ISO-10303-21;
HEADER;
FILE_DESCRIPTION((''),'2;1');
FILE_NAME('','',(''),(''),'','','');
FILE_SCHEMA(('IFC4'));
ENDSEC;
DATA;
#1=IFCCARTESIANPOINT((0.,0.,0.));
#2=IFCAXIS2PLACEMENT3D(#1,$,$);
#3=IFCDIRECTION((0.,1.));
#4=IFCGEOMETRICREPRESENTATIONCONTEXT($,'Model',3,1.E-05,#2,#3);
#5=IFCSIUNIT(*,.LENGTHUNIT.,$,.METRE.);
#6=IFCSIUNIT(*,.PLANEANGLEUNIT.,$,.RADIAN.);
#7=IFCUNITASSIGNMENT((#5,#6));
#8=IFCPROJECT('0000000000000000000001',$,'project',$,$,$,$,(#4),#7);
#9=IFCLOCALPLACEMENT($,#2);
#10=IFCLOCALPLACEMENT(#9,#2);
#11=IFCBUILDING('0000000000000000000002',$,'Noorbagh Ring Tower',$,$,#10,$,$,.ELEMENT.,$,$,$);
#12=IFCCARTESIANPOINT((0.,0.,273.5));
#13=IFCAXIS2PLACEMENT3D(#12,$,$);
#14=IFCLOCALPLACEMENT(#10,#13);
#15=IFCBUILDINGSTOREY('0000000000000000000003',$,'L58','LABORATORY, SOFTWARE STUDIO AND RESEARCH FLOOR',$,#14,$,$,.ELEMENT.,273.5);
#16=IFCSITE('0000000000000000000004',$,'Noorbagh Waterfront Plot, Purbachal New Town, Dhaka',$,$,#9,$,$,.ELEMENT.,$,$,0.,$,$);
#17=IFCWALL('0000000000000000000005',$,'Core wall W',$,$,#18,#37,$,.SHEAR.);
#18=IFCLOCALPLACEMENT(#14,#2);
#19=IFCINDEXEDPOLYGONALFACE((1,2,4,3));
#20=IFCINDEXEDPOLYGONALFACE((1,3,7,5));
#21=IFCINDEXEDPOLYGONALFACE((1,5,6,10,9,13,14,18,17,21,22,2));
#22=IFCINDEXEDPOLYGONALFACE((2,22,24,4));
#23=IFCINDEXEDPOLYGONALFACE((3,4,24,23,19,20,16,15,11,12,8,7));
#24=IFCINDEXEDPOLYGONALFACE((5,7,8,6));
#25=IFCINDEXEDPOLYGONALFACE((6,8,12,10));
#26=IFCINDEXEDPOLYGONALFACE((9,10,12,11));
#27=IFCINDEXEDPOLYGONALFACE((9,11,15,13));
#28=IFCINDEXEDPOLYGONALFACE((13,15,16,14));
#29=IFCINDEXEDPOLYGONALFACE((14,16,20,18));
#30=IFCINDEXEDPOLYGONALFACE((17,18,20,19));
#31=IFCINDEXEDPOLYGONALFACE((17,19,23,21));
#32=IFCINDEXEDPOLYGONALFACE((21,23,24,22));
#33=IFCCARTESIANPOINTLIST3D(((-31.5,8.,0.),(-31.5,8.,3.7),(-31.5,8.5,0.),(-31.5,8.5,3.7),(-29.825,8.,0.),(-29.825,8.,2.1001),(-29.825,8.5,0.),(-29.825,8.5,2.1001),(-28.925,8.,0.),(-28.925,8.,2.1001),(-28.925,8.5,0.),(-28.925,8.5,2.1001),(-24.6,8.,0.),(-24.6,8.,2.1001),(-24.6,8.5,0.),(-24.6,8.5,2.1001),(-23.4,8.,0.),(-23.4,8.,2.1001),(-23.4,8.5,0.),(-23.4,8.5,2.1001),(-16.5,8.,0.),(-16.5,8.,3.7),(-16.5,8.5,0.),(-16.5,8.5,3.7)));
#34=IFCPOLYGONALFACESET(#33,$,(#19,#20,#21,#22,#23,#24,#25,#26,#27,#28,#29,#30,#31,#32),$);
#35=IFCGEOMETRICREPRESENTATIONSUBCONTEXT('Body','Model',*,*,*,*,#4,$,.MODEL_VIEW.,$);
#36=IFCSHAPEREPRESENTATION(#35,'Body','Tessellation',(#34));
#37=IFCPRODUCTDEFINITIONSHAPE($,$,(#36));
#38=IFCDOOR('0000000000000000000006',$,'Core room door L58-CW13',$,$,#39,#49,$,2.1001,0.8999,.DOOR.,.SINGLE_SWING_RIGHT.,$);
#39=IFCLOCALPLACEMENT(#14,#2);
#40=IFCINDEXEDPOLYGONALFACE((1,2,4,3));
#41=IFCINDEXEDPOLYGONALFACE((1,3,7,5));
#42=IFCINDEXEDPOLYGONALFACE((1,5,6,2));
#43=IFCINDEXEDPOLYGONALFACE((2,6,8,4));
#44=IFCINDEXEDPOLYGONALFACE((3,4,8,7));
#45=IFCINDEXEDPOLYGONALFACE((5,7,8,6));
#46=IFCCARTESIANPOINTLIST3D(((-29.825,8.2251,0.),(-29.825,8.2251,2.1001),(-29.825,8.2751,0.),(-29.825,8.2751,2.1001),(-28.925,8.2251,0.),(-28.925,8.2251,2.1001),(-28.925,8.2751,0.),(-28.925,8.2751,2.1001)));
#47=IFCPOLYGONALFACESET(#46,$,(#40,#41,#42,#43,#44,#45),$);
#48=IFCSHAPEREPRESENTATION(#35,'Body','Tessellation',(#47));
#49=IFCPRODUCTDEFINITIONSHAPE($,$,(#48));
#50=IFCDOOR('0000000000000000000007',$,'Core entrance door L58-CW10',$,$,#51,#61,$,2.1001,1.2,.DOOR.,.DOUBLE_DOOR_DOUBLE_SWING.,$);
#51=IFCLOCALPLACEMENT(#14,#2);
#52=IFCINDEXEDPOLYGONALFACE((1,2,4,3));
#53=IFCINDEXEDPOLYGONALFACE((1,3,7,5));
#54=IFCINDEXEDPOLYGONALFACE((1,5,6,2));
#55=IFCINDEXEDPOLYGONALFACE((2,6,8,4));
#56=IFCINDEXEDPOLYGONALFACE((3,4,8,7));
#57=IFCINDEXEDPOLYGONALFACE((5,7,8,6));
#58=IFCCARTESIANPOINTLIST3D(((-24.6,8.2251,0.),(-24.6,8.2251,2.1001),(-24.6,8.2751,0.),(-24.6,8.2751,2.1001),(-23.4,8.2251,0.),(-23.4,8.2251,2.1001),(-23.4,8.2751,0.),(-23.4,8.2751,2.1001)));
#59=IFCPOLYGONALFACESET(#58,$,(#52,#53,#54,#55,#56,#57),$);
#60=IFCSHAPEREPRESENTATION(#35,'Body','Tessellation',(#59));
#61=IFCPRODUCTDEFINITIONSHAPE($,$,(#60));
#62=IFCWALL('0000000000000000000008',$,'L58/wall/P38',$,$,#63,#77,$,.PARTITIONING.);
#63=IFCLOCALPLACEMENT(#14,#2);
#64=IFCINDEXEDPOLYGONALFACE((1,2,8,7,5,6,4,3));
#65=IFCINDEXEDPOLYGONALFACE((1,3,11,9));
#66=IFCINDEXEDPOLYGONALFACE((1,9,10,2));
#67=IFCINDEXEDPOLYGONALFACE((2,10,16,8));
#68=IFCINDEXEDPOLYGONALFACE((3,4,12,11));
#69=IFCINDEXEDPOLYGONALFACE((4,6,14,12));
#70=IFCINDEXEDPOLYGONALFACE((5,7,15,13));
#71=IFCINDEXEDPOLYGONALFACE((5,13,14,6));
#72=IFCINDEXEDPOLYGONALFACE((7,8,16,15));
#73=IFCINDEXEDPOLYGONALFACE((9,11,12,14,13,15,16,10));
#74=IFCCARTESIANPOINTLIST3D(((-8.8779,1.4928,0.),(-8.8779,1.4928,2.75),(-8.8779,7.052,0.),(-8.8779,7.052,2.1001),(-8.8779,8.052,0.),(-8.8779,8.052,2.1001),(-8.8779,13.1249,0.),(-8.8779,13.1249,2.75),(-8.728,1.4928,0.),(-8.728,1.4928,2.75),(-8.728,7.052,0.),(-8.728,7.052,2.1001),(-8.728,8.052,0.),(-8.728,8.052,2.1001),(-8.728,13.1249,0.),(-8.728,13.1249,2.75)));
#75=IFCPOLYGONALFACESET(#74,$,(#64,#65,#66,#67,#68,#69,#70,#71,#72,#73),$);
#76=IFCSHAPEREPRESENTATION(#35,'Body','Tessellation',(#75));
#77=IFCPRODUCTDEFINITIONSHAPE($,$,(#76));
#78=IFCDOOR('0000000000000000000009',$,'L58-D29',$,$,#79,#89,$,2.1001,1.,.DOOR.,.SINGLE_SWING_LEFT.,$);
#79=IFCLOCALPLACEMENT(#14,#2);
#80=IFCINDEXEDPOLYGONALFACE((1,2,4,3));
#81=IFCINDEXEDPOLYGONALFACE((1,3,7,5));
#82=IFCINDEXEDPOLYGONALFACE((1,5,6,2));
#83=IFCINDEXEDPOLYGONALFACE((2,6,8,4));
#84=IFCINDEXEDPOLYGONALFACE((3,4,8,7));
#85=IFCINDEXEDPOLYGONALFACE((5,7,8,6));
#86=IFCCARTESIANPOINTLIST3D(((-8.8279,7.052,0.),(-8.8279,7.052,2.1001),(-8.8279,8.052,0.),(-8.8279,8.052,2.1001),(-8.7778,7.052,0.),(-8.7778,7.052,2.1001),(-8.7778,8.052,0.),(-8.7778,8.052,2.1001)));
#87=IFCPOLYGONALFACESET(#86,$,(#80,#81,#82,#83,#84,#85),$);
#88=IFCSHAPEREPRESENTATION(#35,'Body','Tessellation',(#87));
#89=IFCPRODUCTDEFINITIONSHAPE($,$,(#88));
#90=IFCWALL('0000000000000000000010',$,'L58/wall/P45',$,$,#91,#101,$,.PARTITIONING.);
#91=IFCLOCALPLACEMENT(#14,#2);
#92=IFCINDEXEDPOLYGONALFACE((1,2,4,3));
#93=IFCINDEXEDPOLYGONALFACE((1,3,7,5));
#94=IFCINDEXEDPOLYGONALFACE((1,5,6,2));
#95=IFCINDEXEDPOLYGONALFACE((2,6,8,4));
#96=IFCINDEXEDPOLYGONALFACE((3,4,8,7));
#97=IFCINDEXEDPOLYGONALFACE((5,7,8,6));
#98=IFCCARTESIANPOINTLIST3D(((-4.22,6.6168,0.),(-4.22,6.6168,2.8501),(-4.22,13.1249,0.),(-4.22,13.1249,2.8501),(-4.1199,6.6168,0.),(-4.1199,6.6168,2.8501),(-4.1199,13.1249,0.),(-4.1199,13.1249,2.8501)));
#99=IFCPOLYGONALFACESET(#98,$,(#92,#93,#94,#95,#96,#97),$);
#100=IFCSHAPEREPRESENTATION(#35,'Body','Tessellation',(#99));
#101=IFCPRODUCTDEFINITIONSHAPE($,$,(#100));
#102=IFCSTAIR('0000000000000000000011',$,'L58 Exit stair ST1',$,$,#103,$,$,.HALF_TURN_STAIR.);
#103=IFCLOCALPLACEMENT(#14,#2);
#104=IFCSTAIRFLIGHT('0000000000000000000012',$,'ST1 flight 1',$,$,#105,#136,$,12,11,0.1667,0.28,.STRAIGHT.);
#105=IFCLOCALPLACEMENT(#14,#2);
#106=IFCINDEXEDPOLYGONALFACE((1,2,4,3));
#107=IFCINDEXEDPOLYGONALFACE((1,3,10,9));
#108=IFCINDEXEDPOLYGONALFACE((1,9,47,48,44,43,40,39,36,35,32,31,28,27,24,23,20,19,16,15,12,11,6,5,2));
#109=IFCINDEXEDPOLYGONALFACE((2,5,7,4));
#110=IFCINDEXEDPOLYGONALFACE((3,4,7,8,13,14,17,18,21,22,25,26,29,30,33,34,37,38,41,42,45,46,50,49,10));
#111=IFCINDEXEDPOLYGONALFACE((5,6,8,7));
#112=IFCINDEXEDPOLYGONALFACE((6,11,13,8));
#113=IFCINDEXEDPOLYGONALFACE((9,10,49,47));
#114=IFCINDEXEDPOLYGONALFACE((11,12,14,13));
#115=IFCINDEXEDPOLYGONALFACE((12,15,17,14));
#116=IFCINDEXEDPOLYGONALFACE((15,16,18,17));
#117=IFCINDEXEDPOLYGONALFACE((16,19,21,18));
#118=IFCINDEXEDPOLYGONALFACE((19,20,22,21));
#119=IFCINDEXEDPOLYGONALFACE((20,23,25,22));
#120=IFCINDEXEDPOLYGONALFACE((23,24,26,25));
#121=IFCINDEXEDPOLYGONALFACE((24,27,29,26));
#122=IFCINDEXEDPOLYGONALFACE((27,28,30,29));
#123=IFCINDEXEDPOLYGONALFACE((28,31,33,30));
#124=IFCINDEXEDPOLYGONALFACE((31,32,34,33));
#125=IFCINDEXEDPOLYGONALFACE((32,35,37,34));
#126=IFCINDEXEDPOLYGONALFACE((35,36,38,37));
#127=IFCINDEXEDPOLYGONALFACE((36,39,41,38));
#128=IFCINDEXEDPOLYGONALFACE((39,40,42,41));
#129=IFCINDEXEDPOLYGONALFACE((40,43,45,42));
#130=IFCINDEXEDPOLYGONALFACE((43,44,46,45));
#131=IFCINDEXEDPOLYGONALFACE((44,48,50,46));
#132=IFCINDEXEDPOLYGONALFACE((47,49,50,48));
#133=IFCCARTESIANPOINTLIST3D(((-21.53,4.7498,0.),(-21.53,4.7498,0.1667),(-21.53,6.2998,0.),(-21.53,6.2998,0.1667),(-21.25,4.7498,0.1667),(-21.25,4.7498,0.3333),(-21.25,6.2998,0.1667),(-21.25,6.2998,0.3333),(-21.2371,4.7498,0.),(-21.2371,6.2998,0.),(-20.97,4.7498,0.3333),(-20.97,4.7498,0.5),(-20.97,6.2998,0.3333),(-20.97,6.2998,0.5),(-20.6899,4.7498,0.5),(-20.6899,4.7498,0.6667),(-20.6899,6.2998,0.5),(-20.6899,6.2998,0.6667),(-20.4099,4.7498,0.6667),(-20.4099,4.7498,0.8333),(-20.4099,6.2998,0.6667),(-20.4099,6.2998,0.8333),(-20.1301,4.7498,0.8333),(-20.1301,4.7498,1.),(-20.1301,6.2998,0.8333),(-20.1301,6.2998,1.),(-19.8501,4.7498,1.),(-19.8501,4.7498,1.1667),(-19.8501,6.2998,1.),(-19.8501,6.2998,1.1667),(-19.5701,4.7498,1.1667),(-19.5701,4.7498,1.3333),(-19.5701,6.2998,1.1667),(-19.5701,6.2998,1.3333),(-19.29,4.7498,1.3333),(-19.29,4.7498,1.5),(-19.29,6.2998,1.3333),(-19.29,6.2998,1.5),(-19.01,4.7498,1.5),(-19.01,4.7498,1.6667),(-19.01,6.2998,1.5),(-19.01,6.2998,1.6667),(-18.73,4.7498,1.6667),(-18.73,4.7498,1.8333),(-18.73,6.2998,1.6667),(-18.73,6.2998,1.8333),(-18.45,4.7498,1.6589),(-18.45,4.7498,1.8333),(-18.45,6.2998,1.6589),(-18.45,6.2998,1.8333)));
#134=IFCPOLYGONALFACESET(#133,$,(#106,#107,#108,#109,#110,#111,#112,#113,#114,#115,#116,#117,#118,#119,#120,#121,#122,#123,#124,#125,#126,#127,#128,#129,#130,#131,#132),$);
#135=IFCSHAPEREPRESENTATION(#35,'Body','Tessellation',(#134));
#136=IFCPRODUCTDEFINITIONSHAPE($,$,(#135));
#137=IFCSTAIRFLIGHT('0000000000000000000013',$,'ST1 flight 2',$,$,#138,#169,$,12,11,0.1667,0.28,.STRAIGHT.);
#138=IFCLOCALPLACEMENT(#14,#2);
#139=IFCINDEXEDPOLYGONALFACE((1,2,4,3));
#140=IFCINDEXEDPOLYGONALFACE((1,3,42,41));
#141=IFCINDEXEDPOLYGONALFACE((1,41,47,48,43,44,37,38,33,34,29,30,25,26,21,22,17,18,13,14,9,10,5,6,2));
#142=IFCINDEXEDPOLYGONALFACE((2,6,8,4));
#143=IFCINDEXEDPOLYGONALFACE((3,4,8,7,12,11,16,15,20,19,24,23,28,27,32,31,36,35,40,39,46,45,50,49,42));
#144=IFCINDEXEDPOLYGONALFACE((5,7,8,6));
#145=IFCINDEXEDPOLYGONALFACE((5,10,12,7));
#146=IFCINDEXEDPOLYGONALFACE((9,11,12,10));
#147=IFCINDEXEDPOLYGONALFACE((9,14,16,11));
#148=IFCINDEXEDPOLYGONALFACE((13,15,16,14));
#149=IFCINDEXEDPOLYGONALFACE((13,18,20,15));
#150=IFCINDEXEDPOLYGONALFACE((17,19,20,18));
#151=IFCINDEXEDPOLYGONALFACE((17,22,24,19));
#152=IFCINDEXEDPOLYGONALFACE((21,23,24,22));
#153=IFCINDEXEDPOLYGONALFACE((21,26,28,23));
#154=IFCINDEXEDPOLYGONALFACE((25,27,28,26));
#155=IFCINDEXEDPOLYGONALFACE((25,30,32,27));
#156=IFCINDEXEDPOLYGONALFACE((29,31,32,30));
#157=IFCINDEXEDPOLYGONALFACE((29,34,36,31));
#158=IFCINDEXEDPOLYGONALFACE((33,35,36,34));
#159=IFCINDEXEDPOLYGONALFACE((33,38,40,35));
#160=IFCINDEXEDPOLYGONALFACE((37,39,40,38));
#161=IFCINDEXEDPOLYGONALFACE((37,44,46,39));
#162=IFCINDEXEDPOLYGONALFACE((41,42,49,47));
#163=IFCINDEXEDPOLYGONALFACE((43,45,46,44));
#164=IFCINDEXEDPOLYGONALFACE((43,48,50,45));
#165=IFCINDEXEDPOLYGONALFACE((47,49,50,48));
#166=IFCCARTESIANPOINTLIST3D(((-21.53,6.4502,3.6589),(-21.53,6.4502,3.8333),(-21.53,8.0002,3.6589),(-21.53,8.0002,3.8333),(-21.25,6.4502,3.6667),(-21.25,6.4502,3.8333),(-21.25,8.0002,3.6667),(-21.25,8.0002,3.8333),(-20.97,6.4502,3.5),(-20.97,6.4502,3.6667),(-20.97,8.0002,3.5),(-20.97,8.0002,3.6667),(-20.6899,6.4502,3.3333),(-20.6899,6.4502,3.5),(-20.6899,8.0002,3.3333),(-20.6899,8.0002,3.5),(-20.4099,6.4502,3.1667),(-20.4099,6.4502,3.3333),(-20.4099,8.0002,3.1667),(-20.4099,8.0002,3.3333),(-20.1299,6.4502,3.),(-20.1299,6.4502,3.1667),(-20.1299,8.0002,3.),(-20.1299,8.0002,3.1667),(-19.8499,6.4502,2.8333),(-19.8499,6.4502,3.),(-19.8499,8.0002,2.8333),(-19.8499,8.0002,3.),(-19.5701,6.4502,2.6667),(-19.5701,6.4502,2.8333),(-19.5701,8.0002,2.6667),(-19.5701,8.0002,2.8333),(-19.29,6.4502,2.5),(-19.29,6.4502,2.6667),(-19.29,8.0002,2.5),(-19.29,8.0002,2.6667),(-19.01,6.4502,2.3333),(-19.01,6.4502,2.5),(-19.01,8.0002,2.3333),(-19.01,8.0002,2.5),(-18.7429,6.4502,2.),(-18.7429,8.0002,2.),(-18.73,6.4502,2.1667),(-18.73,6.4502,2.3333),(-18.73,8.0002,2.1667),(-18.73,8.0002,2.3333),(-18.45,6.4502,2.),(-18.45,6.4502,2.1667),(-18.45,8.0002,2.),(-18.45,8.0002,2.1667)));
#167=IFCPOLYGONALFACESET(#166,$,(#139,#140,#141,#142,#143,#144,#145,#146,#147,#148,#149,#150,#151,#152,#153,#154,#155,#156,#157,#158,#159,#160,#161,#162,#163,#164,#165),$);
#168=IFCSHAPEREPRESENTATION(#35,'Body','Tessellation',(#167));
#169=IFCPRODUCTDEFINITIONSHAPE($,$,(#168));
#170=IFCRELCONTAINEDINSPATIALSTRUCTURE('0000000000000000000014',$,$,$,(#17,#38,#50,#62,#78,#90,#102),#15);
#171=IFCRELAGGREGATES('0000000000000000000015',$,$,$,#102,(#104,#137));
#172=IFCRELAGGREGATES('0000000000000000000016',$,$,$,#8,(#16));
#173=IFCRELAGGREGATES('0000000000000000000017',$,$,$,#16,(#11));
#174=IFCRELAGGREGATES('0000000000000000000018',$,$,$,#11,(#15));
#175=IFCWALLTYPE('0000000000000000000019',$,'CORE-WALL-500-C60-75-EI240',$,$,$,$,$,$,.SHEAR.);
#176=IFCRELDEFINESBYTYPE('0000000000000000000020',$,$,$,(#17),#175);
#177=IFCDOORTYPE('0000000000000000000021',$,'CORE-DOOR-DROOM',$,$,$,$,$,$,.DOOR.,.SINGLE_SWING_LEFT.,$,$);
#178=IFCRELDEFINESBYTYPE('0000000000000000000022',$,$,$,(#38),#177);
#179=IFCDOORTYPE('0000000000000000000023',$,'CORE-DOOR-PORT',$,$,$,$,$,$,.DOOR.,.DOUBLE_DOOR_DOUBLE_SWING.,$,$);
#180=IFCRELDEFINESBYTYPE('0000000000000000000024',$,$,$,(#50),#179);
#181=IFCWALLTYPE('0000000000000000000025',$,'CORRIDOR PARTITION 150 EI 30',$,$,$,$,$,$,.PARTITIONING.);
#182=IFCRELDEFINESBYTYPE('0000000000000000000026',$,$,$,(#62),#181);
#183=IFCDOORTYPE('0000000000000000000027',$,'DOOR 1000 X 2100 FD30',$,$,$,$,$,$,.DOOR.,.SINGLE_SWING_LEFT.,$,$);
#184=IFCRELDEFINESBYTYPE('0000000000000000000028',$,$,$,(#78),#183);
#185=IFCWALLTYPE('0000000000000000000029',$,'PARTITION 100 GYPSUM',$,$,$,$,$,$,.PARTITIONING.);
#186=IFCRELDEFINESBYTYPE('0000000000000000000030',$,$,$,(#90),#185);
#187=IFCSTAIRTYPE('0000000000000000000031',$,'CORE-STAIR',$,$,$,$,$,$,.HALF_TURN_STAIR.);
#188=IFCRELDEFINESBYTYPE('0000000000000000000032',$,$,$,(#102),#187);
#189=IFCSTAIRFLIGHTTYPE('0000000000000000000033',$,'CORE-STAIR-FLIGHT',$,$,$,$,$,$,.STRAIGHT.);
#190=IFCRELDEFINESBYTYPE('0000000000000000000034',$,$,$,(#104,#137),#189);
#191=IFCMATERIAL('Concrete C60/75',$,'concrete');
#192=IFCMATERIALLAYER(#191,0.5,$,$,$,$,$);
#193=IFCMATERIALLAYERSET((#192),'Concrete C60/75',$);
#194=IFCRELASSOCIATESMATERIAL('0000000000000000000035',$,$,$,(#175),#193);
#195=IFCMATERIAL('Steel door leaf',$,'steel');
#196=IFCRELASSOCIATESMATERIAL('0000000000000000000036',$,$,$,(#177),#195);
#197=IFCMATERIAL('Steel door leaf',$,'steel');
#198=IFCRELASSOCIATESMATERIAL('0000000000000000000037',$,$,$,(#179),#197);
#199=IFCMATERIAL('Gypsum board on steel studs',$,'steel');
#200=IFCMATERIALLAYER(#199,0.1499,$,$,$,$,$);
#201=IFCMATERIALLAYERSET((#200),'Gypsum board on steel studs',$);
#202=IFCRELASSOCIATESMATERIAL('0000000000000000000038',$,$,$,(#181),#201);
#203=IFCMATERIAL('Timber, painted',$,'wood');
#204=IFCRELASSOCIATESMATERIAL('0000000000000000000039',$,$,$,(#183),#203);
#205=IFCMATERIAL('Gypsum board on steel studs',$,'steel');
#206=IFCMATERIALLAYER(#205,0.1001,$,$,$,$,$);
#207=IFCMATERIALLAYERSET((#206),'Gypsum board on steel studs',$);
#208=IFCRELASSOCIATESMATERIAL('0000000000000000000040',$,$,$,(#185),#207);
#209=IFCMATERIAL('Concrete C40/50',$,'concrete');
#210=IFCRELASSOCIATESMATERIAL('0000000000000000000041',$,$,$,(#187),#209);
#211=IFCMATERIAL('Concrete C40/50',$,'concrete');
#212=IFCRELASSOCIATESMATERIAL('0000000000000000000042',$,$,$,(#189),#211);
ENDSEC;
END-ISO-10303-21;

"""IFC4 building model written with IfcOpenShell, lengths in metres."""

from ifc_helpers import new_model, si_unit, direction, frame, frame_2d, origin, place, context, subcontext, project, spatial, polyline, rectangle, outline, extrude, material, layer, layer_set, type_object, element, fill, aggregate, save


model = new_model("IFC4")

# Units and contexts
model_context = context("Model", 3, precision=1e-05, world=origin(), true_north=direction((0.0, 1.0)))
body_context = subcontext(model_context, "Body", "Model", "MODEL_VIEW")
ifc_project = project(units=[si_unit("LENGTHUNIT", "METRE"), si_unit("PLANEANGLEUNIT", "RADIAN")], contexts=[model_context])

# Site, building, storey
site_placement = place(None, origin())
site = spatial("IfcSite", under=ifc_project, at=site_placement, Name="Noorbagh Waterfront Plot, Purbachal New Town, Dhaka", CompositionType="ELEMENT", RefElevation=0.0)
building_placement = place(site_placement, origin())
building = spatial("IfcBuilding", under=site, at=building_placement, Name="Noorbagh Ring Tower", CompositionType="ELEMENT")
storey_placement = place(building_placement, frame((0.0, 0.0, 273.5)))
storey = spatial("IfcBuildingStorey", under=building, at=storey_placement, Name="L58", Description="LABORATORY, SOFTWARE STUDIO AND RESEARCH FLOOR", CompositionType="ELEMENT", Elevation=273.5)

# Wall, openings, doors
ifc_material_1 = material(Name="Concrete C60/75", Category="concrete")
ifc_layer_1 = layer(ifc_material_1, 0.5)
ifc_layer_set_1 = layer_set([ifc_layer_1], Name="Concrete C60/75")
wall_type_1 = type_object("IfcWallType", Name="CORE-WALL-500-C60-75-EI240", PredefinedType="SHEAR", material=ifc_layer_set_1)
wall_1_placement = place(storey_placement, frame((-16.5, 8.25, 0.0), z_axis=(0.0, 0.0, 1.0), x_axis=(-1.0, 0.0, 0.0)))
wall_1 = element("IfcWall", 1, at=wall_1_placement, inside=storey, type_object=wall_type_1, Name="Core wall W", PredefinedType="SHEAR", context=body_context, shape_type="SweptSolid", body=[
    extrude(rectangle(XDim=15.0, YDim=0.5, at=frame_2d((7.5, 0.0))), origin(), (0.0, 0.0, 1.0), 3.7),
])
opening_1_placement = place(wall_1_placement, frame((6.8999, 0.0, 0.0)))
opening_1 = element("IfcOpeningElement", 2, at=opening_1_placement, cuts=wall_1, PredefinedType="OPENING", context=body_context, shape_type="SweptSolid", body=[
    extrude(rectangle(XDim=1.2, YDim=2.1001, at=frame_2d((0.6001, 1.05))), frame((0.0, 0.26, 0.0), z_axis=(0.0, -1.0, 0.0), x_axis=(1.0, 0.0, 0.0)), (0.0, 0.0, 1.0), 0.52),
])
opening_2_placement = place(wall_1_placement, frame((12.425, 0.0, 0.0)))
opening_2 = element("IfcOpeningElement", 3, at=opening_2_placement, cuts=wall_1, PredefinedType="OPENING", context=body_context, shape_type="SweptSolid", body=[
    extrude(rectangle(XDim=0.8999, YDim=2.1001, at=frame_2d((0.45, 1.05))), frame((0.0, 0.26, 0.0), z_axis=(0.0, -1.0, 0.0), x_axis=(1.0, 0.0, 0.0)), (0.0, 0.0, 1.0), 0.52),
])
ifc_material_2 = material(Name="Steel door leaf", Category="steel")
door_type_1 = type_object("IfcDoorType", Name="CORE-DOOR-DROOM", OperationType="SINGLE_SWING_LEFT", PredefinedType="DOOR", material=ifc_material_2)
door_1_placement = place(opening_2_placement, origin())
door_1 = element("IfcDoor", 4, at=door_1_placement, inside=storey, type_object=door_type_1, Name="Core room door L58-CW13", OperationType="SINGLE_SWING_RIGHT", OverallHeight=2.1001, OverallWidth=0.8999, PredefinedType="DOOR", context=body_context, shape_type="SweptSolid", body=[
    extrude(rectangle(XDim=0.8999, YDim=2.1001, at=frame_2d((0.45, 1.05))), frame((0.0, 0.0249, 0.0), z_axis=(0.0, -1.0, 0.0), x_axis=(1.0, 0.0, 0.0)), (0.0, 0.0, 1.0), 0.05),
])
fill(opening_2, door_1)
ifc_material_3 = material(Name="Steel door leaf", Category="steel")
door_type_2 = type_object("IfcDoorType", Name="CORE-DOOR-PORT", OperationType="DOUBLE_DOOR_DOUBLE_SWING", PredefinedType="DOOR", material=ifc_material_3)
door_2_placement = place(opening_1_placement, origin())
door_2 = element("IfcDoor", 5, at=door_2_placement, inside=storey, type_object=door_type_2, Name="Core entrance door L58-CW10", OperationType="DOUBLE_DOOR_DOUBLE_SWING", OverallHeight=2.1001, OverallWidth=1.2, PredefinedType="DOOR", context=body_context, shape_type="SweptSolid", body=[
    extrude(rectangle(XDim=1.2, YDim=2.1001, at=frame_2d((0.6001, 1.05))), frame((0.0, 0.0249, 0.0), z_axis=(0.0, -1.0, 0.0), x_axis=(1.0, 0.0, 0.0)), (0.0, 0.0, 1.0), 0.05),
])
fill(opening_1, door_2)

# Wall, opening, door
ifc_material_4 = material(Name="Gypsum board on steel studs", Category="steel")
ifc_layer_2 = layer(ifc_material_4, 0.1499)
ifc_layer_set_2 = layer_set([ifc_layer_2], Name="Gypsum board on steel studs")
wall_type_2 = type_object("IfcWallType", Name="CORRIDOR PARTITION 150 EI 30", PredefinedType="PARTITIONING", material=ifc_layer_set_2)
wall_2_placement = place(storey_placement, frame((-8.803, 1.4929, 0.0), z_axis=(0.0, 0.0, 1.0), x_axis=(0.0, 1.0, 0.0)))
wall_2 = element("IfcWall", 6, at=wall_2_placement, inside=storey, type_object=wall_type_2, Name="L58/wall/P38", PredefinedType="PARTITIONING", context=body_context, shape_type="SweptSolid", body=[
    extrude(rectangle(XDim=11.6321, YDim=0.1499, at=frame_2d((5.8159, 0.0))), origin(), (0.0, 0.0, 1.0), 2.75),
])
opening_3_placement = place(wall_2_placement, frame((5.5591, 0.0, 0.0)))
opening_3 = element("IfcOpeningElement", 7, at=opening_3_placement, cuts=wall_2, PredefinedType="OPENING", context=body_context, shape_type="SweptSolid", body=[
    extrude(rectangle(XDim=1.0, YDim=2.1001, at=frame_2d((0.5, 1.05))), frame((0.0, 0.085, 0.0), z_axis=(0.0, -1.0, 0.0), x_axis=(1.0, 0.0, 0.0)), (0.0, 0.0, 1.0), 0.1699),
])
ifc_material_5 = material(Name="Timber, painted", Category="wood")
door_type_3 = type_object("IfcDoorType", Name="DOOR 1000 X 2100 FD30", OperationType="SINGLE_SWING_LEFT", PredefinedType="DOOR", material=ifc_material_5)
door_3_placement = place(opening_3_placement, origin())
door_3 = element("IfcDoor", 8, at=door_3_placement, inside=storey, type_object=door_type_3, Name="L58-D29", OperationType="SINGLE_SWING_LEFT", OverallHeight=2.1001, OverallWidth=1.0, PredefinedType="DOOR", context=body_context, shape_type="SweptSolid", body=[
    extrude(rectangle(XDim=1.0, YDim=2.1001, at=frame_2d((0.5, 1.05))), frame((0.0, 0.0249, 0.0), z_axis=(0.0, -1.0, 0.0), x_axis=(1.0, 0.0, 0.0)), (0.0, 0.0, 1.0), 0.05),
])
fill(opening_3, door_3)

# Wall
ifc_material_6 = material(Name="Gypsum board on steel studs", Category="steel")
ifc_layer_3 = layer(ifc_material_6, 0.1001)
ifc_layer_set_3 = layer_set([ifc_layer_3], Name="Gypsum board on steel studs")
wall_type_3 = type_object("IfcWallType", Name="PARTITION 100 GYPSUM", PredefinedType="PARTITIONING", material=ifc_layer_set_3)
wall_3_placement = place(storey_placement, frame((-4.1699, 6.6169, 0.0), z_axis=(0.0, 0.0, 1.0), x_axis=(0.0, 1.0, 0.0)))
element("IfcWall", 9, at=wall_3_placement, inside=storey, type_object=wall_type_3, Name="L58/wall/P45", PredefinedType="PARTITIONING", context=body_context, shape_type="SweptSolid", body=[
    extrude(rectangle(XDim=6.5081, YDim=0.1001, at=frame_2d((3.2539, 0.0))), origin(), (0.0, 0.0, 1.0), 2.8501),
])

# Stair, stair flights
ifc_material_7 = material(Name="Concrete C40/50", Category="concrete")
stair_type = type_object("IfcStairType", Name="CORE-STAIR", PredefinedType="HALF_TURN_STAIR", material=ifc_material_7)
stair_placement = place(storey_placement, origin())
stair = element("IfcStair", 10, at=stair_placement, inside=storey, type_object=stair_type, Name="L58 Exit stair ST1", PredefinedType="HALF_TURN_STAIR")
ifc_material_8 = material(Name="Concrete C40/50", Category="concrete")
stair_flight_type = type_object("IfcStairFlightType", Name="CORE-STAIR-FLIGHT", PredefinedType="STRAIGHT", material=ifc_material_8)
stair_flight_1_placement = place(storey_placement, frame((-21.53, 5.5249, 0.0), z_axis=(0.0, 0.0, 1.0), x_axis=(1.0, 0.0, 0.0)))
stair_flight_1 = element("IfcStairFlight", 11, at=stair_flight_1_placement, type_object=stair_flight_type, Name="ST1 flight 1", NumberOfRisers=12, NumberOfTreads=11, PredefinedType="STRAIGHT", RiserHeight=0.1667, TreadLength=0.28, context=body_context, shape_type="SweptSolid", body=[
    extrude(outline(polyline([(0.0, 0.0), (0.0, 0.1667), (0.28, 0.1667), (0.28, 0.3333), (0.5601, 0.3333), (0.5601, 0.5), (0.8401, 0.5), (0.8401, 0.6667), (1.1201, 0.6667), (1.1201, 0.8333), (1.3999, 0.8333), (1.3999, 1.0), (1.6799, 1.0), (1.6799, 1.1667), (1.96, 1.1667), (1.96, 1.3333), (2.24, 1.3333), (2.24, 1.5), (2.52, 1.5), (2.52, 1.6667), (2.8, 1.6667), (2.8, 1.8333), (3.0801, 1.8333), (3.0801, 2.0), (3.0801, 1.6589), (0.293, 0.0), (0.0, 0.0)])), frame((0.0, 0.7749, 0.0), z_axis=(0.0, -1.0, 0.0), x_axis=(1.0, 0.0, 0.0)), (0.0, 0.0, 1.0), 1.55),
])
stair_flight_2_placement = place(storey_placement, frame((-18.45, 7.2251, 2.0), z_axis=(0.0, 0.0, 1.0), x_axis=(-1.0, 0.0, 0.0)))
stair_flight_2 = element("IfcStairFlight", 12, at=stair_flight_2_placement, type_object=stair_flight_type, Name="ST1 flight 2", NumberOfRisers=12, NumberOfTreads=11, PredefinedType="STRAIGHT", RiserHeight=0.1667, TreadLength=0.28, context=body_context, shape_type="SweptSolid", body=[
    extrude(outline(polyline([(0.0, 0.0), (0.0, 0.1667), (0.28, 0.1667), (0.28, 0.3333), (0.5601, 0.3333), (0.5601, 0.5), (0.8401, 0.5), (0.8401, 0.6667), (1.1201, 0.6667), (1.1201, 0.8333), (1.3999, 0.8333), (1.3999, 1.0), (1.6799, 1.0), (1.6799, 1.1667), (1.96, 1.1667), (1.96, 1.3333), (2.24, 1.3333), (2.24, 1.5), (2.52, 1.5), (2.52, 1.6667), (2.8, 1.6667), (2.8, 1.8333), (3.0801, 1.8333), (3.0801, 2.0), (3.0801, 1.6589), (0.293, 0.0), (0.0, 0.0)])), frame((0.0, 0.7749, 0.0), z_axis=(0.0, -1.0, 0.0), x_axis=(1.0, 0.0, 0.0)), (0.0, 0.0, 1.0), 1.55),
])
aggregate(stair, [stair_flight_1, stair_flight_2])

save(model, "model.ifc")
